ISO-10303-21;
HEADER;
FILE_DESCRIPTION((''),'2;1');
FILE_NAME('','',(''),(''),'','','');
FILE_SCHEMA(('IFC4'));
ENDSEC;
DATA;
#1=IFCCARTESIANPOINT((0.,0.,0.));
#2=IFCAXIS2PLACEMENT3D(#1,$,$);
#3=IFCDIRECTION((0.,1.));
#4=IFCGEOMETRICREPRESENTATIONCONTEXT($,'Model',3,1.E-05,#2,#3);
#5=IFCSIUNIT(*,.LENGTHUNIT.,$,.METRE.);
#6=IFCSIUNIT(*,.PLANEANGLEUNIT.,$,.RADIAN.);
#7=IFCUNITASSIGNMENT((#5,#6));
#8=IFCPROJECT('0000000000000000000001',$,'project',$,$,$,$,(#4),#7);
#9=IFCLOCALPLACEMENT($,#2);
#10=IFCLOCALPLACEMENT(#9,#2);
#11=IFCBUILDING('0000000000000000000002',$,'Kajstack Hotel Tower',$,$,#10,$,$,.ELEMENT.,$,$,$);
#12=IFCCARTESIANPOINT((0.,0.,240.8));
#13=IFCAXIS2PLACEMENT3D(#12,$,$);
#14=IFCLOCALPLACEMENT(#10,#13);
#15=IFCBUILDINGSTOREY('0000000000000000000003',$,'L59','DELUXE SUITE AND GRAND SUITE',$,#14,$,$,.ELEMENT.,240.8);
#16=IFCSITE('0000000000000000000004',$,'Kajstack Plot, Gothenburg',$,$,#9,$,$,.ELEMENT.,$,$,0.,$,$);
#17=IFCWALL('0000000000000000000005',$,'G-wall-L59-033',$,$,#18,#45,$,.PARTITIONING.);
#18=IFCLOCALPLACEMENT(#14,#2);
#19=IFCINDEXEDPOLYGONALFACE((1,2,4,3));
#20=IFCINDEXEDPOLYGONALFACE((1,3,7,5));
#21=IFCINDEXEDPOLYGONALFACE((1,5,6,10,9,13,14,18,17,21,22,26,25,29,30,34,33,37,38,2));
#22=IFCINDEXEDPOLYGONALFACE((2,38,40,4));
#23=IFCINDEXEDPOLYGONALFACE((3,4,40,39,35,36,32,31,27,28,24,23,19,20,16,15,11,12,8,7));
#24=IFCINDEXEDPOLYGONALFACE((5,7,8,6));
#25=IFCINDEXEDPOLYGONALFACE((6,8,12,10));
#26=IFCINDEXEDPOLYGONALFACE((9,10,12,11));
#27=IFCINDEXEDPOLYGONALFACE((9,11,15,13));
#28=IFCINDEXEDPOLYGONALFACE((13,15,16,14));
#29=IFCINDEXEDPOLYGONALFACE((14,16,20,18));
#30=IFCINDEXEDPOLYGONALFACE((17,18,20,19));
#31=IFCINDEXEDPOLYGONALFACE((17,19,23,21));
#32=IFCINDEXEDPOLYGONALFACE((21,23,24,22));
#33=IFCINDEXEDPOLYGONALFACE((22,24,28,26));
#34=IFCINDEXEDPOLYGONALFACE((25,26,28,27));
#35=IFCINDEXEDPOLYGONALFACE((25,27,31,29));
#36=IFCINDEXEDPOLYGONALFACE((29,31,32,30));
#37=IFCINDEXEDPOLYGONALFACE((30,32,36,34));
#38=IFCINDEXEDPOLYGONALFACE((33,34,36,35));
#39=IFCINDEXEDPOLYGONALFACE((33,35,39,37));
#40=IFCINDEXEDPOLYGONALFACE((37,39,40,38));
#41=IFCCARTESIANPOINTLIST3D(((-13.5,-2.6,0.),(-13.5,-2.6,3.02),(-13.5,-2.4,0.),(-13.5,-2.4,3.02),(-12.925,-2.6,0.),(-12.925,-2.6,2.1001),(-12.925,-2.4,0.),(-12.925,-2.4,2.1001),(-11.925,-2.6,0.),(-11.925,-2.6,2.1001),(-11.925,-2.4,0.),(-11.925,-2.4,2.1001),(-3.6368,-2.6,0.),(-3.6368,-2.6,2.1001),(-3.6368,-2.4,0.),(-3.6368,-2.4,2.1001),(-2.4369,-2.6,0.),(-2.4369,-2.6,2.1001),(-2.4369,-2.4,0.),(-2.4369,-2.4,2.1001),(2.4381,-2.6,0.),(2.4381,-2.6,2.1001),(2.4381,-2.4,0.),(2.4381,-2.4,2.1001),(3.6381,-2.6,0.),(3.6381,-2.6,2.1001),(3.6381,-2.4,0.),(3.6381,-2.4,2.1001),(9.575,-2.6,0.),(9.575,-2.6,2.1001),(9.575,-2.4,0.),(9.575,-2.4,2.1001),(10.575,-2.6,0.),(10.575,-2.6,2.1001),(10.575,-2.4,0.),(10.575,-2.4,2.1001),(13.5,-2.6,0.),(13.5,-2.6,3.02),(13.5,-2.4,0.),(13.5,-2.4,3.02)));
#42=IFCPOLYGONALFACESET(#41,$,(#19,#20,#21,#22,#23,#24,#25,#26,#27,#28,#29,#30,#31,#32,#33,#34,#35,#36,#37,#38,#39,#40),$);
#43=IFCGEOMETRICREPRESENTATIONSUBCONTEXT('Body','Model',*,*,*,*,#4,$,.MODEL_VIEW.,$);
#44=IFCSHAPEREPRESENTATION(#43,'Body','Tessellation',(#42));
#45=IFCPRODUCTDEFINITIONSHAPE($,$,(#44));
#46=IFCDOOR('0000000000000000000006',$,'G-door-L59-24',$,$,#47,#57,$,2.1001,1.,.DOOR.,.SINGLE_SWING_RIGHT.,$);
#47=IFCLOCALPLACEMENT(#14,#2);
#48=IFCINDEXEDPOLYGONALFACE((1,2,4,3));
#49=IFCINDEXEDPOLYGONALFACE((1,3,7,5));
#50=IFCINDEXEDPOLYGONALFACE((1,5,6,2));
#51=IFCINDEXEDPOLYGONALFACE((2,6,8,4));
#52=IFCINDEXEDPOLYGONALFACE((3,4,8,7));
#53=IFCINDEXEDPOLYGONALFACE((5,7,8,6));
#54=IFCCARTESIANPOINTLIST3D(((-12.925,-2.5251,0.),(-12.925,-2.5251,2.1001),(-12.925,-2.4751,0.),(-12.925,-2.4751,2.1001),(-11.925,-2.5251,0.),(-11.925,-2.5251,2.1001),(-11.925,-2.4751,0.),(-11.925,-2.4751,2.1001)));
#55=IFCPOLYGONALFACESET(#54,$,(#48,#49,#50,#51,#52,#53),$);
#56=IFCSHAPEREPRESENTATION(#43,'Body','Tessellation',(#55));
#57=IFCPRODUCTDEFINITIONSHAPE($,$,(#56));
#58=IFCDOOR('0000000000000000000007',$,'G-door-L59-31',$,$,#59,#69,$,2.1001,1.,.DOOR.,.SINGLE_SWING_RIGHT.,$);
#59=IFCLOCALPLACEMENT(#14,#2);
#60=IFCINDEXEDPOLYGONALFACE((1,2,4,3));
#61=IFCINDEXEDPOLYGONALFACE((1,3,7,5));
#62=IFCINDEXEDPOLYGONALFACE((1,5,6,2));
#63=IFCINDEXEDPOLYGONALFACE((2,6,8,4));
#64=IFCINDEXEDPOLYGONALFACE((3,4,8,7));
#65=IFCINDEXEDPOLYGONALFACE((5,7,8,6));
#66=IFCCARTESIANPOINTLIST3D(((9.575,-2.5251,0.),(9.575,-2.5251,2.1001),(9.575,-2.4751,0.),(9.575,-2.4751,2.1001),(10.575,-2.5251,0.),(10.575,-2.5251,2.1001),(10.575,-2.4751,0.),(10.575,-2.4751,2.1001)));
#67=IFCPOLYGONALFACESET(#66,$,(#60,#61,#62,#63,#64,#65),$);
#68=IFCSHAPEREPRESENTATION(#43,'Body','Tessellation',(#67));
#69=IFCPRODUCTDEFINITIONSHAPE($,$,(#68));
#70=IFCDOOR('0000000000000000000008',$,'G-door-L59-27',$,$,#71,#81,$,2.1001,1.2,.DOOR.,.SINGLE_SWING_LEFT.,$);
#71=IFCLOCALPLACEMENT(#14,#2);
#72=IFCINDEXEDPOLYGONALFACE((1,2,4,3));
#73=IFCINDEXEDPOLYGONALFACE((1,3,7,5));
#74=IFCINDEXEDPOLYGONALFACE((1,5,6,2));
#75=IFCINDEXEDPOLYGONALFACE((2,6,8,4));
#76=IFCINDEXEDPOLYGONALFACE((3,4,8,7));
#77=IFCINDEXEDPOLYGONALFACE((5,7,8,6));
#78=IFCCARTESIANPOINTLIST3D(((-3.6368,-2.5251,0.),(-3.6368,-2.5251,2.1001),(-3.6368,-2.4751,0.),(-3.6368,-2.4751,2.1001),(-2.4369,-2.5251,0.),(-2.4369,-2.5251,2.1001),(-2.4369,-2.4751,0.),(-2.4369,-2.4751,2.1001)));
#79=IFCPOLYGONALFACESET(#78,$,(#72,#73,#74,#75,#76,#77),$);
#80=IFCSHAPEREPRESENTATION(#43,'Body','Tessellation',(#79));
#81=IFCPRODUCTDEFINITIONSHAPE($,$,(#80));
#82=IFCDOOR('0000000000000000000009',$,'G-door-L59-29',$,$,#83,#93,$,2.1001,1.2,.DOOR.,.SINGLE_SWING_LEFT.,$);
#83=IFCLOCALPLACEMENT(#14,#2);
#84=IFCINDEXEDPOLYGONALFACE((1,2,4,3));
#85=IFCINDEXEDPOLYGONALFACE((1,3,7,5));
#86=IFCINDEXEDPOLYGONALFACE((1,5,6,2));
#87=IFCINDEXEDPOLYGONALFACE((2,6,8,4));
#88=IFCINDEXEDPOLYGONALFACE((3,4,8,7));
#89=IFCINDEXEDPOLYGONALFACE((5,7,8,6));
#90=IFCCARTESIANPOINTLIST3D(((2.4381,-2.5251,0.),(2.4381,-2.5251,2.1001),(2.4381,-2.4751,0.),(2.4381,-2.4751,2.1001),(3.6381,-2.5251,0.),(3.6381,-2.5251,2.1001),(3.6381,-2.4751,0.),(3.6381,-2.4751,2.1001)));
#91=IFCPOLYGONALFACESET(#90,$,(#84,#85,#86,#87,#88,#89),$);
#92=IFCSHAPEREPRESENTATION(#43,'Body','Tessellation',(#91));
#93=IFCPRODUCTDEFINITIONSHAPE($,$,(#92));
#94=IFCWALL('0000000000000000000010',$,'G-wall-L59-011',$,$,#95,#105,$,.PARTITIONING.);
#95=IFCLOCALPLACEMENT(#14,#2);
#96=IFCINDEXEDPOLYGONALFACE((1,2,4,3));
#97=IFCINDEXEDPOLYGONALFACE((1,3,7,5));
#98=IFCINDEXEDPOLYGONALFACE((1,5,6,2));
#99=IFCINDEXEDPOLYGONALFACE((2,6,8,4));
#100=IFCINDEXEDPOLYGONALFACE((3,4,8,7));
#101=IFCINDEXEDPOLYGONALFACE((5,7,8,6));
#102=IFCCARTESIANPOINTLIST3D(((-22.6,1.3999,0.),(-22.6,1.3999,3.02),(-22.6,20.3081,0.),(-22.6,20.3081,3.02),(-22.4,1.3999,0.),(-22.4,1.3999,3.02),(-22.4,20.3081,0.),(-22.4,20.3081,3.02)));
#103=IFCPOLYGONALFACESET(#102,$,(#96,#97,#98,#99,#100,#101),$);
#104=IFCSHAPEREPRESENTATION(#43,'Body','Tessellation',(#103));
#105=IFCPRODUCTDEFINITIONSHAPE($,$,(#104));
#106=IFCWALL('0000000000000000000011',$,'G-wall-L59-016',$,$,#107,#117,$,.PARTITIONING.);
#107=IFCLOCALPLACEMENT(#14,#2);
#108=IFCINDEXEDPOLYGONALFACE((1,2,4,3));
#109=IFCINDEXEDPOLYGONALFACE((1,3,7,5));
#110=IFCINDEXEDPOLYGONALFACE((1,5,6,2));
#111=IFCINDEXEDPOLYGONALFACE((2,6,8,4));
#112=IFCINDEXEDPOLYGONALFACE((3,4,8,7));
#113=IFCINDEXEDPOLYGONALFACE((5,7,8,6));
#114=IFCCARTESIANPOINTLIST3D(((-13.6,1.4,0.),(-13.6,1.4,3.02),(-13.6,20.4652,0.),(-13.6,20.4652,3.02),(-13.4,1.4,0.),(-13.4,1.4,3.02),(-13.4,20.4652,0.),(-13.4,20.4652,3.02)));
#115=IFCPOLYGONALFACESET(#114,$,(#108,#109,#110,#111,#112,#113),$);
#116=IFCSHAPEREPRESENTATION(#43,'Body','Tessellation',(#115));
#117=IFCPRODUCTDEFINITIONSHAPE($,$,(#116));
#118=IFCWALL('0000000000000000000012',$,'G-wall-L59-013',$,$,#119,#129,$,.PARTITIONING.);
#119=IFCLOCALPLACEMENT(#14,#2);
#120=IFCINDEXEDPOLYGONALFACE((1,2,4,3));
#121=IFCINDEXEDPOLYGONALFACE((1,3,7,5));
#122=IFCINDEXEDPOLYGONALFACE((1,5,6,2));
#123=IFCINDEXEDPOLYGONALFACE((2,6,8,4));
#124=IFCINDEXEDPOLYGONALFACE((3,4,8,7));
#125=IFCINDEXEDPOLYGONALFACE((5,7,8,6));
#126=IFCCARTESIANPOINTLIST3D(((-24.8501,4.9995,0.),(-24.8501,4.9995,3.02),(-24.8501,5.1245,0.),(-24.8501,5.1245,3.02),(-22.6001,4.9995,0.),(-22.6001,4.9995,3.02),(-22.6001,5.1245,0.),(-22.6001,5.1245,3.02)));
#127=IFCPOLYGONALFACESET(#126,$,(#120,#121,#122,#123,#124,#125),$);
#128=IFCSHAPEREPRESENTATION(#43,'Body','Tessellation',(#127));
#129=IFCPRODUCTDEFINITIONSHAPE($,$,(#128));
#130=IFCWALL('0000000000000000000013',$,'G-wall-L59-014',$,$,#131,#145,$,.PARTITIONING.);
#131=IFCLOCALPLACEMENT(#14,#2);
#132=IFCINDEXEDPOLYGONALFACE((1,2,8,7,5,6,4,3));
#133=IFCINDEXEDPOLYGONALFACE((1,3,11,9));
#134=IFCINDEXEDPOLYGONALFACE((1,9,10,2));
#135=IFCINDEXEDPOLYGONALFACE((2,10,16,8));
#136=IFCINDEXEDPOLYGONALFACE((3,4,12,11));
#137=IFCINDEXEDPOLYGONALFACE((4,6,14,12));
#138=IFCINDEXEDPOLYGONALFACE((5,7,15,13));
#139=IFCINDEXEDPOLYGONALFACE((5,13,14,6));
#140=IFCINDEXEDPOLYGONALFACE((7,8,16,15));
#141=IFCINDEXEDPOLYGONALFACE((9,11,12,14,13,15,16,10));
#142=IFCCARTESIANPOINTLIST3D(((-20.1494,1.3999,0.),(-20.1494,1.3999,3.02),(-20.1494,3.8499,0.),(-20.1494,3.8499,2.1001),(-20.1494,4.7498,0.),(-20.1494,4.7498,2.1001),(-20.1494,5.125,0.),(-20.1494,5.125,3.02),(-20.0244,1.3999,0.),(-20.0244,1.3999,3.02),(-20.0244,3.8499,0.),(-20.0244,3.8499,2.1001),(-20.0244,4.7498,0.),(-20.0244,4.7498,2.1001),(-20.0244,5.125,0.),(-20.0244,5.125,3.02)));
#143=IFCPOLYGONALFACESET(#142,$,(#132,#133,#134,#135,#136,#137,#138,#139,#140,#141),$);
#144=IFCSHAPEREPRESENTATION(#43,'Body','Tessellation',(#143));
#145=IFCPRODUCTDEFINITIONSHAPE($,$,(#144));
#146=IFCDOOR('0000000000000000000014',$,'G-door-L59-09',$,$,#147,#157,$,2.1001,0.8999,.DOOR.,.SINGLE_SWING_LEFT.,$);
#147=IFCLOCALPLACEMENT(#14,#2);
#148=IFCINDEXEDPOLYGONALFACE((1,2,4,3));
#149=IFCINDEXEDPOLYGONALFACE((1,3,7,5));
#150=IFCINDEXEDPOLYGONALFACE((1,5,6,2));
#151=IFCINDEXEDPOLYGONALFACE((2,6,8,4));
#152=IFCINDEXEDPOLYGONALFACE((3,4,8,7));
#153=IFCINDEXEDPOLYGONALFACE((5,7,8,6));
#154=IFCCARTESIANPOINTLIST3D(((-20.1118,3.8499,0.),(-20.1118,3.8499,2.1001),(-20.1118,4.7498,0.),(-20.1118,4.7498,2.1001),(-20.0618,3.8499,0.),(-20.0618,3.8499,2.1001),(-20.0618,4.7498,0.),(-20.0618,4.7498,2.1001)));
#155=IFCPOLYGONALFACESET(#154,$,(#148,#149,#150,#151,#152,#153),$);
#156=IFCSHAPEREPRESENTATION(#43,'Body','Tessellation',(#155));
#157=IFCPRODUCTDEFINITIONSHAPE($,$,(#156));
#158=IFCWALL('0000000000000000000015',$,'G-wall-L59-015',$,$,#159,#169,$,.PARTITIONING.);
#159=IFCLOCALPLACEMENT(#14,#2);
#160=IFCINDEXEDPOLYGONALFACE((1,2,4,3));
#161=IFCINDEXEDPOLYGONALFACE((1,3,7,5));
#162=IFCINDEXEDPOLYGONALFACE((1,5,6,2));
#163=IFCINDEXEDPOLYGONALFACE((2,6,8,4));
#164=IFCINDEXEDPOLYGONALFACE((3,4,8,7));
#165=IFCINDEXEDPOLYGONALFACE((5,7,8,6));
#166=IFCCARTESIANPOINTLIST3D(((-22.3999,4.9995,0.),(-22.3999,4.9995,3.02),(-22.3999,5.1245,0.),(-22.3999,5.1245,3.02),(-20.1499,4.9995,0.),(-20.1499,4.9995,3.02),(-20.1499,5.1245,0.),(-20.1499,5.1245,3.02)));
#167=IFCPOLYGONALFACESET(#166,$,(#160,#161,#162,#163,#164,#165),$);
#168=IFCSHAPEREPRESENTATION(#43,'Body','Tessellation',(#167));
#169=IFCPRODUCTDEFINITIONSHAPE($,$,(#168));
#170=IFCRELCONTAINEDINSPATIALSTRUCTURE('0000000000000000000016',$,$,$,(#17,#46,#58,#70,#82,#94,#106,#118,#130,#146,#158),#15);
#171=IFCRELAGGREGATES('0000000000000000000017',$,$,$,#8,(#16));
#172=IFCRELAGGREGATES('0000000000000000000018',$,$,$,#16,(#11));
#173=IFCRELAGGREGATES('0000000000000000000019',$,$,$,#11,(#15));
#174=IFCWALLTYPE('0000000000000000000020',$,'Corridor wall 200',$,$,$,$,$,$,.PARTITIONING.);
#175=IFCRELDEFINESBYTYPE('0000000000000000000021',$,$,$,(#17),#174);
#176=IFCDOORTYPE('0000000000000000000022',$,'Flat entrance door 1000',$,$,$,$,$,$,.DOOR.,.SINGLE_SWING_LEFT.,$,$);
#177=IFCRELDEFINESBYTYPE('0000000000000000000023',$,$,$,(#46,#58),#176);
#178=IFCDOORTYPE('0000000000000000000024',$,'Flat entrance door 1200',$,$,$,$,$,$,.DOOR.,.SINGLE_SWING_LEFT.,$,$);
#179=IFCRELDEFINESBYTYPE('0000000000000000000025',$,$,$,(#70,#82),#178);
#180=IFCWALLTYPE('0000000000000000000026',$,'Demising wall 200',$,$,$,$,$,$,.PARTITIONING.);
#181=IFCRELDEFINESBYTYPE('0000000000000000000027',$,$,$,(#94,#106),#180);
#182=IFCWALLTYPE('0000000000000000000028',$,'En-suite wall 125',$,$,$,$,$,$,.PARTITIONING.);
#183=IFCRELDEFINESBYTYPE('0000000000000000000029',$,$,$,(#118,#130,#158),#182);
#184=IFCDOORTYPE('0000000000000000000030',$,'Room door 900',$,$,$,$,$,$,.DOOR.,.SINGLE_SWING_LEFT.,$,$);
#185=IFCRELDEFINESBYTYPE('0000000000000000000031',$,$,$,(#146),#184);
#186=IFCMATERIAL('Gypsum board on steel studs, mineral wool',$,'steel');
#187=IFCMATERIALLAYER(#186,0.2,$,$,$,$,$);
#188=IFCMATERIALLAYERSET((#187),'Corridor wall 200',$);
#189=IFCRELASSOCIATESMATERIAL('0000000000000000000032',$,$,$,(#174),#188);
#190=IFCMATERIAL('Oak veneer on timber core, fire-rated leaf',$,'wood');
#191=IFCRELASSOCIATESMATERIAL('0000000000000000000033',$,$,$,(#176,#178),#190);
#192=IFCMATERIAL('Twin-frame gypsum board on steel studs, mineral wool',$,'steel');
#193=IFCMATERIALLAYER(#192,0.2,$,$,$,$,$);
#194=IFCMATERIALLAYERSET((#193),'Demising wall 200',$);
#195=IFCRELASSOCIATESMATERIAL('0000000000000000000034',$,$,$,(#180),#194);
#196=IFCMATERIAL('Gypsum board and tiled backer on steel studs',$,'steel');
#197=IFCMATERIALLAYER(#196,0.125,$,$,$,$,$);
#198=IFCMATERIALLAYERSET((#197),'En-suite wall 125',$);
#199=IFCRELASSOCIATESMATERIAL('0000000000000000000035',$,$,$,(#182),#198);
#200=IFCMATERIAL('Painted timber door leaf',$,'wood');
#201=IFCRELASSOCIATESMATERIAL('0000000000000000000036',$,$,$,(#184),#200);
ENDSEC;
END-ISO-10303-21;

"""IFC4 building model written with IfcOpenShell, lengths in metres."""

from ifc_helpers import new_model, si_unit, direction, frame, frame_2d, origin, place, context, subcontext, project, spatial, rectangle, extrude, material, layer, layer_set, type_object, element, fill, save


model = new_model("IFC4")

# Units and contexts
model_context = context("Model", 3, precision=1e-05, world=origin(), true_north=direction((0.0, 1.0)))
body_context = subcontext(model_context, "Body", "Model", "MODEL_VIEW")
ifc_project = project(units=[si_unit("LENGTHUNIT", "METRE"), si_unit("PLANEANGLEUNIT", "RADIAN")], contexts=[model_context])

# Site, building, storey
site_placement = place(None, origin())
site = spatial("IfcSite", under=ifc_project, at=site_placement, Name="Kajstack Plot, Gothenburg", CompositionType="ELEMENT", RefElevation=0.0)
building_placement = place(site_placement, origin())
building = spatial("IfcBuilding", under=site, at=building_placement, Name="Kajstack Hotel Tower", CompositionType="ELEMENT")
storey_placement = place(building_placement, frame((0.0, 0.0, 240.8)))
storey = spatial("IfcBuildingStorey", under=building, at=storey_placement, Name="L59", Description="DELUXE SUITE AND GRAND SUITE", CompositionType="ELEMENT", Elevation=240.8)

# Wall, openings, doors
ifc_material_1 = material(Name="Gypsum board on steel studs, mineral wool", Category="steel")
ifc_layer_1 = layer(ifc_material_1, 0.2)
ifc_layer_set_1 = layer_set([ifc_layer_1], Name="Corridor wall 200")
wall_type_1 = type_object("IfcWallType", Name="Corridor wall 200", PredefinedType="PARTITIONING", material=ifc_layer_set_1)
wall_1_placement = place(storey_placement, frame((-13.5, -2.5, 0.0), z_axis=(0.0, 0.0, 1.0), x_axis=(1.0, 0.0, 0.0)))
wall_1 = element("IfcWall", 1, at=wall_1_placement, inside=storey, type_object=wall_type_1, Name="G-wall-L59-033", PredefinedType="PARTITIONING", context=body_context, shape_type="SweptSolid", body=[
    extrude(rectangle(XDim=27.0, YDim=0.2, at=frame_2d((13.5, 0.0))), origin(), (0.0, 0.0, 1.0), 3.02),
])
opening_1_placement = place(wall_1_placement, frame((0.575, 0.0, 0.0)))
opening_1 = element("IfcOpeningElement", 2, at=opening_1_placement, cuts=wall_1, PredefinedType="OPENING", context=body_context, shape_type="SweptSolid", body=[
    extrude(rectangle(XDim=1.0, YDim=2.1001, at=frame_2d((0.5, 1.05))), frame((0.0, 0.1099, 0.0), z_axis=(0.0, -1.0, 0.0), x_axis=(1.0, 0.0, 0.0)), (0.0, 0.0, 1.0), 0.22),
])
opening_2_placement = place(wall_1_placement, frame((9.863, 0.0, 0.0)))
opening_2 = element("IfcOpeningElement", 3, at=opening_2_placement, cuts=wall_1, PredefinedType="OPENING", context=body_context, shape_type="SweptSolid", body=[
    extrude(rectangle(XDim=1.2, YDim=2.1001, at=frame_2d((0.6001, 1.05))), frame((0.0, 0.1099, 0.0), z_axis=(0.0, -1.0, 0.0), x_axis=(1.0, 0.0, 0.0)), (0.0, 0.0, 1.0), 0.22),
])
opening_3_placement = place(wall_1_placement, frame((15.938, 0.0, 0.0)))
opening_3 = element("IfcOpeningElement", 4, at=opening_3_placement, cuts=wall_1, PredefinedType="OPENING", context=body_context, shape_type="SweptSolid", body=[
    extrude(rectangle(XDim=1.2, YDim=2.1001, at=frame_2d((0.6001, 1.05))), frame((0.0, 0.1099, 0.0), z_axis=(0.0, -1.0, 0.0), x_axis=(1.0, 0.0, 0.0)), (0.0, 0.0, 1.0), 0.22),
])
opening_4_placement = place(wall_1_placement, frame((23.075, 0.0, 0.0)))
opening_4 = element("IfcOpeningElement", 5, at=opening_4_placement, cuts=wall_1, PredefinedType="OPENING", context=body_context, shape_type="SweptSolid", body=[
    extrude(rectangle(XDim=1.0, YDim=2.1001, at=frame_2d((0.5, 1.05))), frame((0.0, 0.1099, 0.0), z_axis=(0.0, -1.0, 0.0), x_axis=(1.0, 0.0, 0.0)), (0.0, 0.0, 1.0), 0.22),
])
ifc_material_2 = material(Name="Oak veneer on timber core, fire-rated leaf", Category="wood")
door_type_1 = type_object("IfcDoorType", Name="Flat entrance door 1000", OperationType="SINGLE_SWING_LEFT", PredefinedType="DOOR", material=ifc_material_2)
door_1_placement = place(opening_1_placement, origin())
door_1 = element("IfcDoor", 6, at=door_1_placement, inside=storey, type_object=door_type_1, Name="G-door-L59-24", OperationType="SINGLE_SWING_RIGHT", OverallHeight=2.1001, OverallWidth=1.0, PredefinedType="DOOR", context=body_context, shape_type="SweptSolid", body=[
    extrude(rectangle(XDim=1.0, YDim=2.1001, at=frame_2d((0.5, 1.05))), frame((0.0, 0.0249, 0.0), z_axis=(0.0, -1.0, 0.0), x_axis=(1.0, 0.0, 0.0)), (0.0, 0.0, 1.0), 0.05),
])
fill(opening_1, door_1)
door_2_placement = place(opening_4_placement, origin())
door_2 = element("IfcDoor", 7, at=door_2_placement, inside=storey, type_object=door_type_1, Name="G-door-L59-31", OperationType="SINGLE_SWING_RIGHT", OverallHeight=2.1001, OverallWidth=1.0, PredefinedType="DOOR", context=body_context, shape_type="SweptSolid", body=[
    extrude(rectangle(XDim=1.0, YDim=2.1001, at=frame_2d((0.5, 1.05))), frame((0.0, 0.0249, 0.0), z_axis=(0.0, -1.0, 0.0), x_axis=(1.0, 0.0, 0.0)), (0.0, 0.0, 1.0), 0.05),
])
fill(opening_4, door_2)
door_type_2 = type_object("IfcDoorType", Name="Flat entrance door 1200", OperationType="SINGLE_SWING_LEFT", PredefinedType="DOOR", material=ifc_material_2)
door_3_placement = place(opening_2_placement, origin())
door_3 = element("IfcDoor", 8, at=door_3_placement, inside=storey, type_object=door_type_2, Name="G-door-L59-27", OperationType="SINGLE_SWING_LEFT", OverallHeight=2.1001, OverallWidth=1.2, PredefinedType="DOOR", context=body_context, shape_type="SweptSolid", body=[
    extrude(rectangle(XDim=1.2, YDim=2.1001, at=frame_2d((0.6001, 1.05))), frame((0.0, 0.0249, 0.0), z_axis=(0.0, -1.0, 0.0), x_axis=(1.0, 0.0, 0.0)), (0.0, 0.0, 1.0), 0.05),
])
fill(opening_2, door_3)
door_4_placement = place(opening_3_placement, origin())
door_4 = element("IfcDoor", 9, at=door_4_placement, inside=storey, type_object=door_type_2, Name="G-door-L59-29", OperationType="SINGLE_SWING_LEFT", OverallHeight=2.1001, OverallWidth=1.2, PredefinedType="DOOR", context=body_context, shape_type="SweptSolid", body=[
    extrude(rectangle(XDim=1.2, YDim=2.1001, at=frame_2d((0.6001, 1.05))), frame((0.0, 0.0249, 0.0), z_axis=(0.0, -1.0, 0.0), x_axis=(1.0, 0.0, 0.0)), (0.0, 0.0, 1.0), 0.05),
])
fill(opening_3, door_4)

# Walls
ifc_material_3 = material(Name="Twin-frame gypsum board on steel studs, mineral wool", Category="steel")
ifc_layer_2 = layer(ifc_material_3, 0.2)
ifc_layer_set_2 = layer_set([ifc_layer_2], Name="Demising wall 200")
wall_type_2 = type_object("IfcWallType", Name="Demising wall 200", PredefinedType="PARTITIONING", material=ifc_layer_set_2)
wall_2_placement = place(storey_placement, frame((-22.5, 1.3999, 0.0), z_axis=(0.0, 0.0, 1.0), x_axis=(0.0, 1.0, 0.0)))
element("IfcWall", 10, at=wall_2_placement, inside=storey, type_object=wall_type_2, Name="G-wall-L59-011", PredefinedType="PARTITIONING", context=body_context, shape_type="SweptSolid", body=[
    extrude(rectangle(XDim=18.9082, YDim=0.2, at=frame_2d((9.4541, 0.0))), origin(), (0.0, 0.0, 1.0), 3.02),
])
wall_3_placement = place(storey_placement, frame((-13.5, 1.3999, 0.0), z_axis=(0.0, 0.0, 1.0), x_axis=(0.0, 1.0, 0.0)))
element("IfcWall", 11, at=wall_3_placement, inside=storey, type_object=wall_type_2, Name="G-wall-L59-016", PredefinedType="PARTITIONING", context=body_context, shape_type="SweptSolid", body=[
    extrude(rectangle(XDim=19.0652, YDim=0.2, at=frame_2d((9.5327, 0.0))), origin(), (0.0, 0.0, 1.0), 3.02),
])
ifc_material_4 = material(Name="Gypsum board and tiled backer on steel studs", Category="steel")
ifc_layer_3 = layer(ifc_material_4, 0.125)
ifc_layer_set_3 = layer_set([ifc_layer_3], Name="En-suite wall 125")
wall_type_3 = type_object("IfcWallType", Name="En-suite wall 125", PredefinedType="PARTITIONING", material=ifc_layer_set_3)
wall_4_placement = place(storey_placement, frame((-24.8501, 5.062, 0.0), z_axis=(0.0, 0.0, 1.0), x_axis=(1.0, 0.0, 0.0)))
element("IfcWall", 12, at=wall_4_placement, inside=storey, type_object=wall_type_3, Name="G-wall-L59-013", PredefinedType="PARTITIONING", context=body_context, shape_type="SweptSolid", body=[
    extrude(rectangle(XDim=2.25, YDim=0.125, at=frame_2d((1.125, 0.0))), origin(), (0.0, 0.0, 1.0), 3.02),
])

# Wall, opening, door
wall_5_placement = place(storey_placement, frame((-20.0869, 1.3999, 0.0), z_axis=(0.0, 0.0, 1.0), x_axis=(0.0, 1.0, 0.0)))
wall_5 = element("IfcWall", 13, at=wall_5_placement, inside=storey, type_object=wall_type_3, Name="G-wall-L59-014", PredefinedType="PARTITIONING", context=body_context, shape_type="SweptSolid", body=[
    extrude(rectangle(XDim=3.7251, YDim=0.125, at=frame_2d((1.8625, 0.0))), origin(), (0.0, 0.0, 1.0), 3.02),
])
opening_5_placement = place(wall_5_placement, frame((2.45, 0.0, 0.0)))
opening_5 = element("IfcOpeningElement", 14, at=opening_5_placement, cuts=wall_5, PredefinedType="OPENING", context=body_context, shape_type="SweptSolid", body=[
    extrude(rectangle(XDim=0.8999, YDim=2.1001, at=frame_2d((0.45, 1.05))), frame((0.0, 0.0725, 0.0), z_axis=(0.0, -1.0, 0.0), x_axis=(1.0, 0.0, 0.0)), (0.0, 0.0, 1.0), 0.145),
])
ifc_material_5 = material(Name="Painted timber door leaf", Category="wood")
door_type_3 = type_object("IfcDoorType", Name="Room door 900", OperationType="SINGLE_SWING_LEFT", PredefinedType="DOOR", material=ifc_material_5)
door_5_placement = place(opening_5_placement, origin())
door_5 = element("IfcDoor", 15, at=door_5_placement, inside=storey, type_object=door_type_3, Name="G-door-L59-09", OperationType="SINGLE_SWING_LEFT", OverallHeight=2.1001, OverallWidth=0.8999, PredefinedType="DOOR", context=body_context, shape_type="SweptSolid", body=[
    extrude(rectangle(XDim=0.8999, YDim=2.1001, at=frame_2d((0.45, 1.05))), frame((0.0, 0.0249, 0.0), z_axis=(0.0, -1.0, 0.0), x_axis=(1.0, 0.0, 0.0)), (0.0, 0.0, 1.0), 0.05),
])
fill(opening_5, door_5)

# Wall
wall_6_placement = place(storey_placement, frame((-22.3999, 5.062, 0.0), z_axis=(0.0, 0.0, 1.0), x_axis=(1.0, 0.0, 0.0)))
element("IfcWall", 16, at=wall_6_placement, inside=storey, type_object=wall_type_3, Name="G-wall-L59-015", PredefinedType="PARTITIONING", context=body_context, shape_type="SweptSolid", body=[
    extrude(rectangle(XDim=2.25, YDim=0.125, at=frame_2d((1.125, 0.0))), origin(), (0.0, 0.0, 1.0), 3.02),
])

save(model, "model.ifc")
